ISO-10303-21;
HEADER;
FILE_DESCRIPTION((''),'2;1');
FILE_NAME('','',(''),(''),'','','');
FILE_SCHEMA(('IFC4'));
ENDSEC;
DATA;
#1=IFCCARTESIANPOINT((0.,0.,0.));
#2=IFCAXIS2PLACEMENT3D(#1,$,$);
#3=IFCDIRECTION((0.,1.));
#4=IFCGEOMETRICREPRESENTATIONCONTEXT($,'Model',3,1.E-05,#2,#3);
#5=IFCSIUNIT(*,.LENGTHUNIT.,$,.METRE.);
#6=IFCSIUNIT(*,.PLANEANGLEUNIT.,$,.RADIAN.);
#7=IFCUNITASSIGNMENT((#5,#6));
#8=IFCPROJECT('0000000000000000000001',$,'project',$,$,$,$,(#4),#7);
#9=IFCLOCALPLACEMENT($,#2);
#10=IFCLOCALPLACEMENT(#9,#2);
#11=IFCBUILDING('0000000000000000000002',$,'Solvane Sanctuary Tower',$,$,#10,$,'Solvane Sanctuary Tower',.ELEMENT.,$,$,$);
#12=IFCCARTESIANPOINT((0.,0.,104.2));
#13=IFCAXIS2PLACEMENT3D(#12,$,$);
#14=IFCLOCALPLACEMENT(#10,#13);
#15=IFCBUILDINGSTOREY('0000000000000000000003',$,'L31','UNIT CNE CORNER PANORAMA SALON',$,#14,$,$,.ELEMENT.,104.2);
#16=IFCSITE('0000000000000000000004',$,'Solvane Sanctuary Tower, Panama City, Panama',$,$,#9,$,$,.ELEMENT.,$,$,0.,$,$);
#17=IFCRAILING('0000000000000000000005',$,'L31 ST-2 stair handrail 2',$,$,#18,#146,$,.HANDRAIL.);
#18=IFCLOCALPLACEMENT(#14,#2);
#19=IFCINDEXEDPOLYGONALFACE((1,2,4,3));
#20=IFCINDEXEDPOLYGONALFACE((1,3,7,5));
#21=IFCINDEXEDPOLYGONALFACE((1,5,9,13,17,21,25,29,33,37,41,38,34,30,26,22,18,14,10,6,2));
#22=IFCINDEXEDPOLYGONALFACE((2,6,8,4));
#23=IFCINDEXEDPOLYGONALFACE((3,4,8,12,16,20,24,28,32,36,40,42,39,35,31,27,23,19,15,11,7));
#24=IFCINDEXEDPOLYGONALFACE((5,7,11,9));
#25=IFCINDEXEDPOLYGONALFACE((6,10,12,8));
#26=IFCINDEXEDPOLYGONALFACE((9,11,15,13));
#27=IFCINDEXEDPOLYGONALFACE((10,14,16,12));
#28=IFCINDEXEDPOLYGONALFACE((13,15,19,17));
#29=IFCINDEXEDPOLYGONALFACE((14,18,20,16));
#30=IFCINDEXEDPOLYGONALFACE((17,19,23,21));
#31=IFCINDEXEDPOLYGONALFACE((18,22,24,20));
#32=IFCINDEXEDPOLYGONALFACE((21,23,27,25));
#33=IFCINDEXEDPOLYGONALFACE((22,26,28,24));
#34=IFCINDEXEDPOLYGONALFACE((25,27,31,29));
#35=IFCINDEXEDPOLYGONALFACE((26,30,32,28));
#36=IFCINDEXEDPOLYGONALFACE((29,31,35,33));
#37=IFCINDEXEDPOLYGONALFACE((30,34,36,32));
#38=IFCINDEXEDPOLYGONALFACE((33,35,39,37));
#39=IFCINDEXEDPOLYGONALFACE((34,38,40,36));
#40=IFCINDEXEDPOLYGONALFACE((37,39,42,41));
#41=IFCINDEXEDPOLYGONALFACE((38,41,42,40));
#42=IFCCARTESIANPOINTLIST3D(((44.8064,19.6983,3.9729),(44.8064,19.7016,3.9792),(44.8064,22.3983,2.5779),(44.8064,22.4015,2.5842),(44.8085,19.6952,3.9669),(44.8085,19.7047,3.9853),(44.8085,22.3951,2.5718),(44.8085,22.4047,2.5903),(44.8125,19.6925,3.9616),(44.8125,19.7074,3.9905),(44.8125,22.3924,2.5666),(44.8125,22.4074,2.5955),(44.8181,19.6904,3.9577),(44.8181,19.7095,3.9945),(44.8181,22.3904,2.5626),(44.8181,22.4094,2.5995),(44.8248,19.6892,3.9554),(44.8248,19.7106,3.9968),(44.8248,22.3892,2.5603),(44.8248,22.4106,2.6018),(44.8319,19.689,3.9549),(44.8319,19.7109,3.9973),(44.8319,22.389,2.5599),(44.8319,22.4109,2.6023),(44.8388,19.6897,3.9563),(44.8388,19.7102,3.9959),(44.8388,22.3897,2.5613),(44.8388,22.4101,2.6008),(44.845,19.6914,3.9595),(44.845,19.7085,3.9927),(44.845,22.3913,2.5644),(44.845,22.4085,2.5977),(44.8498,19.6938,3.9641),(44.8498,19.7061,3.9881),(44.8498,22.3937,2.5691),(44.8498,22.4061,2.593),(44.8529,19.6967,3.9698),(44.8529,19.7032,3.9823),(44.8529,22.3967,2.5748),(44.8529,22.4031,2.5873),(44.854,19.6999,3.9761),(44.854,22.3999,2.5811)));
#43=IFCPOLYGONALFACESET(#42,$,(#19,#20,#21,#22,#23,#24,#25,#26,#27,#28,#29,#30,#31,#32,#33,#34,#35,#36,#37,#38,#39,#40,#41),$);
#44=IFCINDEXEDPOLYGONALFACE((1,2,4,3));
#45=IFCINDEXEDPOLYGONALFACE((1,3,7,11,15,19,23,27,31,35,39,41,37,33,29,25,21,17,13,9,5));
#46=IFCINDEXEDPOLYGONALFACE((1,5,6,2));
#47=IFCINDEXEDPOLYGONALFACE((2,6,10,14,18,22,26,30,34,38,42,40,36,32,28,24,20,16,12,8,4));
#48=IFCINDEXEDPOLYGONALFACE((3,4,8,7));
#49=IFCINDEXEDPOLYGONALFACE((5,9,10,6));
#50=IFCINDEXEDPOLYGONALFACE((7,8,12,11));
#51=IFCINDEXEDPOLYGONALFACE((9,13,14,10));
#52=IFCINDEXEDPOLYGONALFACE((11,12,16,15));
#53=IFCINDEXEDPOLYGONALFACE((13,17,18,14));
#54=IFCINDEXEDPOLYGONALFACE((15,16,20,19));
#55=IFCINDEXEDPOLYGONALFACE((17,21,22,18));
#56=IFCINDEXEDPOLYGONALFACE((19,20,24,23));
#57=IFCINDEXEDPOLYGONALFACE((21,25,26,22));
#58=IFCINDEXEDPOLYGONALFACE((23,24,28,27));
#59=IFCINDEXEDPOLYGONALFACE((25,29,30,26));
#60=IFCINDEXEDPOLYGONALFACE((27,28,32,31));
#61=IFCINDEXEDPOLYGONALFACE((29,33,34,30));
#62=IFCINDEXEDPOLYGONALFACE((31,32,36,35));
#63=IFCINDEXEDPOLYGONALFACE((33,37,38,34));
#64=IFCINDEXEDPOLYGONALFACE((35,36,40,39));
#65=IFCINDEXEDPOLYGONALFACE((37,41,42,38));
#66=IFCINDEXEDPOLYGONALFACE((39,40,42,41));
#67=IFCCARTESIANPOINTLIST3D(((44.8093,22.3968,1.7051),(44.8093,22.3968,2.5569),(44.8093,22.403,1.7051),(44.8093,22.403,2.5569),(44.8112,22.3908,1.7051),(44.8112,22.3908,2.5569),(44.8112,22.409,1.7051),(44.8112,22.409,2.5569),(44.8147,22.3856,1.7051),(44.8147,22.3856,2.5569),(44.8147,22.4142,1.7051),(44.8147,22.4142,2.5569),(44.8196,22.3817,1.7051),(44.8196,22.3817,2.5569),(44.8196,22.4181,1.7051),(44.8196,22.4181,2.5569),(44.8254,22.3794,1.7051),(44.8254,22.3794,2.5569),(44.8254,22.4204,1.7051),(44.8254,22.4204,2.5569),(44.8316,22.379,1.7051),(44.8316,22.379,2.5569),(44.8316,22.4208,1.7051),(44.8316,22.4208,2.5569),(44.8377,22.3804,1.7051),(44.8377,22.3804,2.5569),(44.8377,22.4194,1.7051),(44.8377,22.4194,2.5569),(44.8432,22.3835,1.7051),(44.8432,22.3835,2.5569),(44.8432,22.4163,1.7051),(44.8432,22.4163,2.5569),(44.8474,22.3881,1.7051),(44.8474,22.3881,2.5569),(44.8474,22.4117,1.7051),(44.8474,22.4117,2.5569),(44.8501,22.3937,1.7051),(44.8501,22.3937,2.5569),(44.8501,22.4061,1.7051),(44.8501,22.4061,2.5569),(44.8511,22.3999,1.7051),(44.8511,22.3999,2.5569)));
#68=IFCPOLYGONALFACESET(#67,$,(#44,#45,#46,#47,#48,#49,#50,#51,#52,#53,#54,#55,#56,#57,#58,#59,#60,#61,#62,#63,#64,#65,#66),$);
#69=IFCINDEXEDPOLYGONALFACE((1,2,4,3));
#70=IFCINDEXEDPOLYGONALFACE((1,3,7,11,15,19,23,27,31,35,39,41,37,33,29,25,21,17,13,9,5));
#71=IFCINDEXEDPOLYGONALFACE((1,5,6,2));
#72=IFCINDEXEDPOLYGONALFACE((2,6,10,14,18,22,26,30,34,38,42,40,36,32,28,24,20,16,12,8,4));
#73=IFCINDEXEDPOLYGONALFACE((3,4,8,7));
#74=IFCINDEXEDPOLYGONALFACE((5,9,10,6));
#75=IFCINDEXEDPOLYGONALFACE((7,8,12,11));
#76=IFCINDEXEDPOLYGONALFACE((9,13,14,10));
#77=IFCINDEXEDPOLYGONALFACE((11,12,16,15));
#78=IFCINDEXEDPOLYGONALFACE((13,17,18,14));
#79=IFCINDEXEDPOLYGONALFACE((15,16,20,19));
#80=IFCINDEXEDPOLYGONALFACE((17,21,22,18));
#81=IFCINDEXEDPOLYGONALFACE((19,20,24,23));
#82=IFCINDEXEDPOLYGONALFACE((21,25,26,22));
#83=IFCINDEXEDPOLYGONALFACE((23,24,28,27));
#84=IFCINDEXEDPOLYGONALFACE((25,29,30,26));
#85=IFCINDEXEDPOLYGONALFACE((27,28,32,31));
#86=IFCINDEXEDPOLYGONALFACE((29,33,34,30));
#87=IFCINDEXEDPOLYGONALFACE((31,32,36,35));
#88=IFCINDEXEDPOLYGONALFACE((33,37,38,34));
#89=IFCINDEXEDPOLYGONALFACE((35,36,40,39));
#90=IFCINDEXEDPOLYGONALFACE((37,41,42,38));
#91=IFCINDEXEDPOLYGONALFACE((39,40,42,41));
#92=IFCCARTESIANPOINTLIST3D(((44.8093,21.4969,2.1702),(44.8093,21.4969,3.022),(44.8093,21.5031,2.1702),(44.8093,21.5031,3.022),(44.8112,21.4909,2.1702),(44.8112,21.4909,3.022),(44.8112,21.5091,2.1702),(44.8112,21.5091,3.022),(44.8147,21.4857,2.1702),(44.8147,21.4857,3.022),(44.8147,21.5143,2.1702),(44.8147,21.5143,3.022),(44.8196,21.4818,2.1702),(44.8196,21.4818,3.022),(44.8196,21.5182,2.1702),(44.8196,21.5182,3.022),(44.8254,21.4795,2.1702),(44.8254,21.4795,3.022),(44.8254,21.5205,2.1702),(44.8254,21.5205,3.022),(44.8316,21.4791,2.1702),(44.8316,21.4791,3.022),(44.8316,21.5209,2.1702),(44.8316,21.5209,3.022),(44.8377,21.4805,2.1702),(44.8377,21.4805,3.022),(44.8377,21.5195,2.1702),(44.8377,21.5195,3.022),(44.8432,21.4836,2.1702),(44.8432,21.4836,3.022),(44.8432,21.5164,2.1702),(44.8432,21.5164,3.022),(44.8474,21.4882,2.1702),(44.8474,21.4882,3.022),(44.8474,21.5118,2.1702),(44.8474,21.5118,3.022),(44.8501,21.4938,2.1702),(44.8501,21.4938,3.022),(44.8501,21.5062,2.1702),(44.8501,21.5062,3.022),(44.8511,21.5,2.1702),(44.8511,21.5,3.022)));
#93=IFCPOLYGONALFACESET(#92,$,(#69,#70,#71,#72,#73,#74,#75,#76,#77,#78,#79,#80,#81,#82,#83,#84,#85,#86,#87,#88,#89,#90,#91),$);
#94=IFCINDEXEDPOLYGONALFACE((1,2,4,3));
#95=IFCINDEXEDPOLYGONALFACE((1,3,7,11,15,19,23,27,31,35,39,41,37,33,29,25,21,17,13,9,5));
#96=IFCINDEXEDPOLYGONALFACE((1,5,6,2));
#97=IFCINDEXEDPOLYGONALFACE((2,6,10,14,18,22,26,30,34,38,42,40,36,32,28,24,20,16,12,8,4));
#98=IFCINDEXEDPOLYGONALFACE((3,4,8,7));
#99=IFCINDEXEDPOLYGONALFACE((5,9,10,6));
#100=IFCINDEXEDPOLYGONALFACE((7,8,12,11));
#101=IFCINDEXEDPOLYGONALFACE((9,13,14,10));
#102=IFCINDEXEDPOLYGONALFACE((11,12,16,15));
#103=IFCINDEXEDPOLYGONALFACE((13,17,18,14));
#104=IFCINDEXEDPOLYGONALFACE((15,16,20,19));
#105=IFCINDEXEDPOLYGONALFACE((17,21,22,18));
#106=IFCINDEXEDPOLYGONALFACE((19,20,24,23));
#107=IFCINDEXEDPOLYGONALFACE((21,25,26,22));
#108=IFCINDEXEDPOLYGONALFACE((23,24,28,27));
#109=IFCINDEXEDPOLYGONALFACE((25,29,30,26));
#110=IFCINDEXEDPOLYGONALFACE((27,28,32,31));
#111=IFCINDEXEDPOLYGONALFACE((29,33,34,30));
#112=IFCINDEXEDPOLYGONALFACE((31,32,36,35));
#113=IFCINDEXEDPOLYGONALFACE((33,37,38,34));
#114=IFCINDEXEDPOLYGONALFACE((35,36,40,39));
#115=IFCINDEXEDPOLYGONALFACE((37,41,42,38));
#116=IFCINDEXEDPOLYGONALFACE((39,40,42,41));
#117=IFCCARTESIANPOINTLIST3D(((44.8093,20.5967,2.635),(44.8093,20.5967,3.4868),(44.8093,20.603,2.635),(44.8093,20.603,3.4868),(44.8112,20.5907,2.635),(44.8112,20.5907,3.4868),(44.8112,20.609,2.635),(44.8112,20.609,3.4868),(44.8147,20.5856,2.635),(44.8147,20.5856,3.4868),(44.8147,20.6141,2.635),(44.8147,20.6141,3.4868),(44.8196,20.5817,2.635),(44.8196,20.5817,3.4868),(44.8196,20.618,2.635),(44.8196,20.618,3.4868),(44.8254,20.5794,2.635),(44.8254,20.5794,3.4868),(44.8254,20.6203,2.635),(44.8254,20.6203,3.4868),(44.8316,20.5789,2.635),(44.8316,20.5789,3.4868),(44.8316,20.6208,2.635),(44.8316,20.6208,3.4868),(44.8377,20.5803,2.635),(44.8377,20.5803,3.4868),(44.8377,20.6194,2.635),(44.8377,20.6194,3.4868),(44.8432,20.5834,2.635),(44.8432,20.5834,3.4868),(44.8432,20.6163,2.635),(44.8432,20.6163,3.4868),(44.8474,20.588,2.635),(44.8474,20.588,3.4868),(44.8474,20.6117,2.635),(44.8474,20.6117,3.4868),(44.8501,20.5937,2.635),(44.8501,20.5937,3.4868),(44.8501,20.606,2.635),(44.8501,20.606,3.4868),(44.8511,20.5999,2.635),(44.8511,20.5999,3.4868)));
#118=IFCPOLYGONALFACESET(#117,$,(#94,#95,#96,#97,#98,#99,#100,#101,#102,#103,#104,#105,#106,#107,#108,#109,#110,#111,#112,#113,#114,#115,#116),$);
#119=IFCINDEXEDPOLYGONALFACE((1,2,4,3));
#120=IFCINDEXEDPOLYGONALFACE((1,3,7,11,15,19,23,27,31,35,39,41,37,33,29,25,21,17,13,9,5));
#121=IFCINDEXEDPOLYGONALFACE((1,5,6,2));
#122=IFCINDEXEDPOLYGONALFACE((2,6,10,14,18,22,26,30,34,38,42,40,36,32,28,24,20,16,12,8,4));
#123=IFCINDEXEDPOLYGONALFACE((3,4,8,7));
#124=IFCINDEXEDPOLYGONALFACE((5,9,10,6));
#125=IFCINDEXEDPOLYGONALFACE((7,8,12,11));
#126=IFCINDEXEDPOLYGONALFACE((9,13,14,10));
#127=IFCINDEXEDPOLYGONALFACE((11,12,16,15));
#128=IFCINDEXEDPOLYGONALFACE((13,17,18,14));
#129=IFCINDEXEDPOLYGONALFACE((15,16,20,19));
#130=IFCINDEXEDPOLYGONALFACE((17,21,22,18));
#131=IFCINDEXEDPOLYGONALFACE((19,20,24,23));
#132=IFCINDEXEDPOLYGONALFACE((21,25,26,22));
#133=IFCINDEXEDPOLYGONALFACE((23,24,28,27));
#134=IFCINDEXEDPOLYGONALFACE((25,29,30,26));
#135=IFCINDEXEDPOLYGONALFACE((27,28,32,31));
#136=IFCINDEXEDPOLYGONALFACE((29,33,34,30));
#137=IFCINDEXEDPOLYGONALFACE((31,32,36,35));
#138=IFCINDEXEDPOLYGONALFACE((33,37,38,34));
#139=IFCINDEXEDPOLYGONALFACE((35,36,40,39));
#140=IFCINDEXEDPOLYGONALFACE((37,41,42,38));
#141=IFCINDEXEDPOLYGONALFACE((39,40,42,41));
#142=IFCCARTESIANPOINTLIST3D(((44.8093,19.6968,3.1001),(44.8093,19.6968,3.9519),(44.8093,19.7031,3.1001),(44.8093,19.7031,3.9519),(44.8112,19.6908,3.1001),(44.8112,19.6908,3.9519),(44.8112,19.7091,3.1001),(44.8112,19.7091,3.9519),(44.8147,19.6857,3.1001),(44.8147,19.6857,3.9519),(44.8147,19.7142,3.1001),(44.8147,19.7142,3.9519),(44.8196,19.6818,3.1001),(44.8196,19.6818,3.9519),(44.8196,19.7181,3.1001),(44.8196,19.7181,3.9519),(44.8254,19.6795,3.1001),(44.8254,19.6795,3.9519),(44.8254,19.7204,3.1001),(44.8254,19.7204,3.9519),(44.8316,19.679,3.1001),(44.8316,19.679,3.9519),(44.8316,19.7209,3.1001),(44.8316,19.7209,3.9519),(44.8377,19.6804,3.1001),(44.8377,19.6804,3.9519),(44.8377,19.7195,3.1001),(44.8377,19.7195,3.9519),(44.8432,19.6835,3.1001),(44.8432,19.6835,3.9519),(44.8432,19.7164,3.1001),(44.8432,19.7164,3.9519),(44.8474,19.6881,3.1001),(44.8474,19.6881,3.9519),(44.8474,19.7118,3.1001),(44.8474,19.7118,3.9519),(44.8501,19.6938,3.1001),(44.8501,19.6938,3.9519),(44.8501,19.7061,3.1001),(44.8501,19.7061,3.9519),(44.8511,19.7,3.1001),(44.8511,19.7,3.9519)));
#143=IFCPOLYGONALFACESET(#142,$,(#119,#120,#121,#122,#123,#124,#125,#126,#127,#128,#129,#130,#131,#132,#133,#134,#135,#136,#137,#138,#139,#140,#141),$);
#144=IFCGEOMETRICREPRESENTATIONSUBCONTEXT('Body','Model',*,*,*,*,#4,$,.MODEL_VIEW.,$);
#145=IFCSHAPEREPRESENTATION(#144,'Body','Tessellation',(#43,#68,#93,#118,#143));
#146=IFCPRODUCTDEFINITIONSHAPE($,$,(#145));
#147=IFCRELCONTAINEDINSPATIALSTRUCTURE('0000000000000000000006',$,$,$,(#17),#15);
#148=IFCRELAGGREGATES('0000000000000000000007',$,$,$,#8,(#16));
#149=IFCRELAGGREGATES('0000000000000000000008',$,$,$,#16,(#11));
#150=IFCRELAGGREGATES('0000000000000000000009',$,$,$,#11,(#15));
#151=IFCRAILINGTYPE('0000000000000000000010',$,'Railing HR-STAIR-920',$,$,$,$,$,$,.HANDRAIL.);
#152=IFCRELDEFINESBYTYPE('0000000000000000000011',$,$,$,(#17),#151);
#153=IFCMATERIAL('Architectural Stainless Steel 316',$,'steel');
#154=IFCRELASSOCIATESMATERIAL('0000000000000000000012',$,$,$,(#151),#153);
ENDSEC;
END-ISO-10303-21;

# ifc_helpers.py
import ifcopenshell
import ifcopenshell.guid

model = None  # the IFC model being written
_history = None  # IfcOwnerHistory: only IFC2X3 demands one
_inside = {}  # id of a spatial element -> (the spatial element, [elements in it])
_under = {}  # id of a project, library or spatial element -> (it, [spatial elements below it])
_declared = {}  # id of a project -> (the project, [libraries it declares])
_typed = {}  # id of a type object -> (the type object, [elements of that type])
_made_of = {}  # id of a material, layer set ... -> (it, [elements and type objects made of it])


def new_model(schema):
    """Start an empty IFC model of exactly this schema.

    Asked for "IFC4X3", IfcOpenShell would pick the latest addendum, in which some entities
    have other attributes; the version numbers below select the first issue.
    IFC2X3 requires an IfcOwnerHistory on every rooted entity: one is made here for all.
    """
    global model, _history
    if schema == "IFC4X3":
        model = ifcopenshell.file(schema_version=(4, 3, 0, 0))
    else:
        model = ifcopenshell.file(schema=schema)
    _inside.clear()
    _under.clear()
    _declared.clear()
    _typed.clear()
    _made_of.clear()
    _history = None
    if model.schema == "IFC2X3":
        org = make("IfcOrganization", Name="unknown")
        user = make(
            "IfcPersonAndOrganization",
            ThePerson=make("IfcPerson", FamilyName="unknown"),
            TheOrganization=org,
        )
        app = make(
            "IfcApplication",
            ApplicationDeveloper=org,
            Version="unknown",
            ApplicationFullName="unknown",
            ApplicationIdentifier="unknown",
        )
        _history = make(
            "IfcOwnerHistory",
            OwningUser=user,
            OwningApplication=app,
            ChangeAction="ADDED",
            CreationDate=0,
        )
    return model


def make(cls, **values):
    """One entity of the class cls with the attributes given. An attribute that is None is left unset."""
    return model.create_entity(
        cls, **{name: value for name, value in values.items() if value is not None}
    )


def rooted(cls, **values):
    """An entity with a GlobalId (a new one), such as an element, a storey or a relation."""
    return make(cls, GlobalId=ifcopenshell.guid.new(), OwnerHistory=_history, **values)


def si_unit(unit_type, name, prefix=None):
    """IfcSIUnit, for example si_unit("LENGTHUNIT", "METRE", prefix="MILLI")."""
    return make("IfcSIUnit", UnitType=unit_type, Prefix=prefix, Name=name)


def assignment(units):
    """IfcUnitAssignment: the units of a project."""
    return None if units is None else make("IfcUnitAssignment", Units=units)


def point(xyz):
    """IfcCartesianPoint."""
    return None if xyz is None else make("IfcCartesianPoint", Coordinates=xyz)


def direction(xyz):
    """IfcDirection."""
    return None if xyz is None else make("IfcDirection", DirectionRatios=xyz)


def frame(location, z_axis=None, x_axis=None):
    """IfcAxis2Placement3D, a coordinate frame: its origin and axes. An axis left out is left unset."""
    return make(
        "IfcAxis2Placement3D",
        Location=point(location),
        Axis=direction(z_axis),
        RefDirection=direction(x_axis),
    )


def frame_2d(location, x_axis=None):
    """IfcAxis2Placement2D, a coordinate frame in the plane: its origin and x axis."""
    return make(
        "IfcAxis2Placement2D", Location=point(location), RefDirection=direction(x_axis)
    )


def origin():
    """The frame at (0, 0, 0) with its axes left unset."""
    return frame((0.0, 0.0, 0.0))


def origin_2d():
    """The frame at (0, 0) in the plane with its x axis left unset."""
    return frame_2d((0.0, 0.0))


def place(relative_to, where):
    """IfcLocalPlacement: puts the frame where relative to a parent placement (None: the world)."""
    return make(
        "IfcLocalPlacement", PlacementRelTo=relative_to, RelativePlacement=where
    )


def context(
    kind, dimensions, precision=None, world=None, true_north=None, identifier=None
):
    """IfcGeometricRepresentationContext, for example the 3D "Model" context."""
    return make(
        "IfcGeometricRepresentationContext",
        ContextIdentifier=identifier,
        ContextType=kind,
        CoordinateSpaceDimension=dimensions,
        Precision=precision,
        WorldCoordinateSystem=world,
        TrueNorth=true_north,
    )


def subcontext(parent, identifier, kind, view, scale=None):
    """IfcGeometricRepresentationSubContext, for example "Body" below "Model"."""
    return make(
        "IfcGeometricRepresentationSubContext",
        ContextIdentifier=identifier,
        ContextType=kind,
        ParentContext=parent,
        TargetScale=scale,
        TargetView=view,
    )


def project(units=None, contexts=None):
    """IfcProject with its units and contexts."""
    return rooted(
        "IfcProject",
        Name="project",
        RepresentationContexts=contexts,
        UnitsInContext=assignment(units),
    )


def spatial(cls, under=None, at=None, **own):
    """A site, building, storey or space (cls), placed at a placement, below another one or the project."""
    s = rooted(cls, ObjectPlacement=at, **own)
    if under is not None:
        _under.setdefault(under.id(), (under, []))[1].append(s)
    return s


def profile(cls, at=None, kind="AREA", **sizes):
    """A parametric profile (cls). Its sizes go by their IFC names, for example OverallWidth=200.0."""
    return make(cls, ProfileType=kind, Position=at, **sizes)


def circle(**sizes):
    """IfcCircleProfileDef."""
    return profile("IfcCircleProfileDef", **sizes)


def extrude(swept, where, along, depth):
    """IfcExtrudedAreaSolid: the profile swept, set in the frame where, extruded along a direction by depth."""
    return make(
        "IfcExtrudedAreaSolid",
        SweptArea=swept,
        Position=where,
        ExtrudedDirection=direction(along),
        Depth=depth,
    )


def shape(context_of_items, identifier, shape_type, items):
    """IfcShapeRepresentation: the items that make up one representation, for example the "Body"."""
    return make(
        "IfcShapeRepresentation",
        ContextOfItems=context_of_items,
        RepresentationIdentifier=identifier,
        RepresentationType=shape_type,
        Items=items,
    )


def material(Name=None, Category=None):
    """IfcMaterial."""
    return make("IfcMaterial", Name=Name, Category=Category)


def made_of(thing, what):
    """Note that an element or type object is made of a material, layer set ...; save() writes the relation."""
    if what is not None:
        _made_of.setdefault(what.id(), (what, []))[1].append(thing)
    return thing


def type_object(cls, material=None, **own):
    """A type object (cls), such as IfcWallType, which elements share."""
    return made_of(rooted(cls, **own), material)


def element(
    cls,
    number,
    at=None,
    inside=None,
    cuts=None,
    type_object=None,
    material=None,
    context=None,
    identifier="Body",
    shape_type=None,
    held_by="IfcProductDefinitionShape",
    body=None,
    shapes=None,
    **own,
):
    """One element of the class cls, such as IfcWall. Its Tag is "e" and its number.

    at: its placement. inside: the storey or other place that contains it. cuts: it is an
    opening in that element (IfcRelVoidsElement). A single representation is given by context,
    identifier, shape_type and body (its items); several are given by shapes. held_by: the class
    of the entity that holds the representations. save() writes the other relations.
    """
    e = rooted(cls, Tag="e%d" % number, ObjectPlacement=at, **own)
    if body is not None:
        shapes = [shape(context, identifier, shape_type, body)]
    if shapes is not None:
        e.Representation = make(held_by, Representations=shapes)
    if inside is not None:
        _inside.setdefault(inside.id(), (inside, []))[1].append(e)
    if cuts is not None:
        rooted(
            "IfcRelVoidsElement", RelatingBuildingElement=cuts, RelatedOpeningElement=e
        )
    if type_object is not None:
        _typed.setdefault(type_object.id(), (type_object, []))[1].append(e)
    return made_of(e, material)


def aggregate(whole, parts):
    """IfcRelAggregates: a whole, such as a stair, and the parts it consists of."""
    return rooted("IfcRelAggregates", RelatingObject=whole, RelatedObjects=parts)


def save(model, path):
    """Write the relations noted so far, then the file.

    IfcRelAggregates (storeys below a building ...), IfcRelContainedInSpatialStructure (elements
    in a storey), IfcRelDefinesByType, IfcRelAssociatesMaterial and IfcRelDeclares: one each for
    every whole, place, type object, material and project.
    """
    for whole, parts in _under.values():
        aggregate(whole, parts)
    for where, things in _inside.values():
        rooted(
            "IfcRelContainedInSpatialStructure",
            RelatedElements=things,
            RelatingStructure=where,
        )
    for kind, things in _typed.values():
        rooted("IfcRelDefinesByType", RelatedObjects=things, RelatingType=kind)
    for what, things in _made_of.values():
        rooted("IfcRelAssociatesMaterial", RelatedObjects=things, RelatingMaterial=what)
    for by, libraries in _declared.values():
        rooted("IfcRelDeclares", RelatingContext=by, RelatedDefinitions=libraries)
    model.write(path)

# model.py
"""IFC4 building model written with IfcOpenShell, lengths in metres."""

from ifc_helpers import new_model, si_unit, direction, frame, origin, origin_2d, place, context, subcontext, project, spatial, circle, extrude, material, type_object, element, save


model = new_model("IFC4")

# Units and contexts
model_context = context("Model", 3, precision=1e-05, world=origin(), true_north=direction((0.0, 1.0)))
body_context = subcontext(model_context, "Body", "Model", "MODEL_VIEW")
ifc_project = project(units=[si_unit("LENGTHUNIT", "METRE"), si_unit("PLANEANGLEUNIT", "RADIAN")], contexts=[model_context])

# Site, building, storey
site_placement = place(None, origin())
site = spatial("IfcSite", under=ifc_project, at=site_placement, Name="Solvane Sanctuary Tower, Panama City, Panama", CompositionType="ELEMENT", RefElevation=0.0)
building_placement = place(site_placement, origin())
building = spatial("IfcBuilding", under=site, at=building_placement, Name="Solvane Sanctuary Tower", LongName="Solvane Sanctuary Tower", CompositionType="ELEMENT")
storey_placement = place(building_placement, frame((0.0, 0.0, 104.2)))
storey = spatial("IfcBuildingStorey", under=building, at=storey_placement, Name="L31", Description="UNIT CNE CORNER PANORAMA SALON", CompositionType="ELEMENT", Elevation=104.2)

# Shared definitions
ifc_material_1 = material(Name="Architectural Stainless Steel 316", Category="steel")

# Railing
railing_type_1 = type_object("IfcRailingType", Name="Railing HR-STAIR-920", PredefinedType="HANDRAIL", material=ifc_material_1)
railing_1_placement = place(storey_placement, frame((44.8301, 22.3999, 1.7051)))
element("IfcRailing", 1, at=railing_1_placement, inside=storey, type_object=railing_type_1, Name="L31 ST-2 stair handrail 2", PredefinedType="HANDRAIL", context=body_context, shape_type="SweptSolid", body=[
    extrude(circle(Radius=0.0239, at=origin_2d()), frame((0.0, 0.0, 0.876), z_axis=(0.0, -0.88842, 0.459032), x_axis=(1.0, 0.0, 0.0)), (0.0, 0.0, 1.0), 3.0391),
    extrude(circle(Radius=0.021, at=origin_2d()), origin(), (0.0, 0.0, 1.0), 0.8518),
    extrude(circle(Radius=0.021, at=origin_2d()), frame((0.0, -0.8999, 0.4651)), (0.0, 0.0, 1.0), 0.8518),
    extrude(circle(Radius=0.021, at=origin_2d()), frame((0.0, -1.8, 0.9299)), (0.0, 0.0, 1.0), 0.8518),
    extrude(circle(Radius=0.021, at=origin_2d()), frame((0.0, -2.7, 1.395)), (0.0, 0.0, 1.0), 0.8518),
])

save(model, "model.ifc")
